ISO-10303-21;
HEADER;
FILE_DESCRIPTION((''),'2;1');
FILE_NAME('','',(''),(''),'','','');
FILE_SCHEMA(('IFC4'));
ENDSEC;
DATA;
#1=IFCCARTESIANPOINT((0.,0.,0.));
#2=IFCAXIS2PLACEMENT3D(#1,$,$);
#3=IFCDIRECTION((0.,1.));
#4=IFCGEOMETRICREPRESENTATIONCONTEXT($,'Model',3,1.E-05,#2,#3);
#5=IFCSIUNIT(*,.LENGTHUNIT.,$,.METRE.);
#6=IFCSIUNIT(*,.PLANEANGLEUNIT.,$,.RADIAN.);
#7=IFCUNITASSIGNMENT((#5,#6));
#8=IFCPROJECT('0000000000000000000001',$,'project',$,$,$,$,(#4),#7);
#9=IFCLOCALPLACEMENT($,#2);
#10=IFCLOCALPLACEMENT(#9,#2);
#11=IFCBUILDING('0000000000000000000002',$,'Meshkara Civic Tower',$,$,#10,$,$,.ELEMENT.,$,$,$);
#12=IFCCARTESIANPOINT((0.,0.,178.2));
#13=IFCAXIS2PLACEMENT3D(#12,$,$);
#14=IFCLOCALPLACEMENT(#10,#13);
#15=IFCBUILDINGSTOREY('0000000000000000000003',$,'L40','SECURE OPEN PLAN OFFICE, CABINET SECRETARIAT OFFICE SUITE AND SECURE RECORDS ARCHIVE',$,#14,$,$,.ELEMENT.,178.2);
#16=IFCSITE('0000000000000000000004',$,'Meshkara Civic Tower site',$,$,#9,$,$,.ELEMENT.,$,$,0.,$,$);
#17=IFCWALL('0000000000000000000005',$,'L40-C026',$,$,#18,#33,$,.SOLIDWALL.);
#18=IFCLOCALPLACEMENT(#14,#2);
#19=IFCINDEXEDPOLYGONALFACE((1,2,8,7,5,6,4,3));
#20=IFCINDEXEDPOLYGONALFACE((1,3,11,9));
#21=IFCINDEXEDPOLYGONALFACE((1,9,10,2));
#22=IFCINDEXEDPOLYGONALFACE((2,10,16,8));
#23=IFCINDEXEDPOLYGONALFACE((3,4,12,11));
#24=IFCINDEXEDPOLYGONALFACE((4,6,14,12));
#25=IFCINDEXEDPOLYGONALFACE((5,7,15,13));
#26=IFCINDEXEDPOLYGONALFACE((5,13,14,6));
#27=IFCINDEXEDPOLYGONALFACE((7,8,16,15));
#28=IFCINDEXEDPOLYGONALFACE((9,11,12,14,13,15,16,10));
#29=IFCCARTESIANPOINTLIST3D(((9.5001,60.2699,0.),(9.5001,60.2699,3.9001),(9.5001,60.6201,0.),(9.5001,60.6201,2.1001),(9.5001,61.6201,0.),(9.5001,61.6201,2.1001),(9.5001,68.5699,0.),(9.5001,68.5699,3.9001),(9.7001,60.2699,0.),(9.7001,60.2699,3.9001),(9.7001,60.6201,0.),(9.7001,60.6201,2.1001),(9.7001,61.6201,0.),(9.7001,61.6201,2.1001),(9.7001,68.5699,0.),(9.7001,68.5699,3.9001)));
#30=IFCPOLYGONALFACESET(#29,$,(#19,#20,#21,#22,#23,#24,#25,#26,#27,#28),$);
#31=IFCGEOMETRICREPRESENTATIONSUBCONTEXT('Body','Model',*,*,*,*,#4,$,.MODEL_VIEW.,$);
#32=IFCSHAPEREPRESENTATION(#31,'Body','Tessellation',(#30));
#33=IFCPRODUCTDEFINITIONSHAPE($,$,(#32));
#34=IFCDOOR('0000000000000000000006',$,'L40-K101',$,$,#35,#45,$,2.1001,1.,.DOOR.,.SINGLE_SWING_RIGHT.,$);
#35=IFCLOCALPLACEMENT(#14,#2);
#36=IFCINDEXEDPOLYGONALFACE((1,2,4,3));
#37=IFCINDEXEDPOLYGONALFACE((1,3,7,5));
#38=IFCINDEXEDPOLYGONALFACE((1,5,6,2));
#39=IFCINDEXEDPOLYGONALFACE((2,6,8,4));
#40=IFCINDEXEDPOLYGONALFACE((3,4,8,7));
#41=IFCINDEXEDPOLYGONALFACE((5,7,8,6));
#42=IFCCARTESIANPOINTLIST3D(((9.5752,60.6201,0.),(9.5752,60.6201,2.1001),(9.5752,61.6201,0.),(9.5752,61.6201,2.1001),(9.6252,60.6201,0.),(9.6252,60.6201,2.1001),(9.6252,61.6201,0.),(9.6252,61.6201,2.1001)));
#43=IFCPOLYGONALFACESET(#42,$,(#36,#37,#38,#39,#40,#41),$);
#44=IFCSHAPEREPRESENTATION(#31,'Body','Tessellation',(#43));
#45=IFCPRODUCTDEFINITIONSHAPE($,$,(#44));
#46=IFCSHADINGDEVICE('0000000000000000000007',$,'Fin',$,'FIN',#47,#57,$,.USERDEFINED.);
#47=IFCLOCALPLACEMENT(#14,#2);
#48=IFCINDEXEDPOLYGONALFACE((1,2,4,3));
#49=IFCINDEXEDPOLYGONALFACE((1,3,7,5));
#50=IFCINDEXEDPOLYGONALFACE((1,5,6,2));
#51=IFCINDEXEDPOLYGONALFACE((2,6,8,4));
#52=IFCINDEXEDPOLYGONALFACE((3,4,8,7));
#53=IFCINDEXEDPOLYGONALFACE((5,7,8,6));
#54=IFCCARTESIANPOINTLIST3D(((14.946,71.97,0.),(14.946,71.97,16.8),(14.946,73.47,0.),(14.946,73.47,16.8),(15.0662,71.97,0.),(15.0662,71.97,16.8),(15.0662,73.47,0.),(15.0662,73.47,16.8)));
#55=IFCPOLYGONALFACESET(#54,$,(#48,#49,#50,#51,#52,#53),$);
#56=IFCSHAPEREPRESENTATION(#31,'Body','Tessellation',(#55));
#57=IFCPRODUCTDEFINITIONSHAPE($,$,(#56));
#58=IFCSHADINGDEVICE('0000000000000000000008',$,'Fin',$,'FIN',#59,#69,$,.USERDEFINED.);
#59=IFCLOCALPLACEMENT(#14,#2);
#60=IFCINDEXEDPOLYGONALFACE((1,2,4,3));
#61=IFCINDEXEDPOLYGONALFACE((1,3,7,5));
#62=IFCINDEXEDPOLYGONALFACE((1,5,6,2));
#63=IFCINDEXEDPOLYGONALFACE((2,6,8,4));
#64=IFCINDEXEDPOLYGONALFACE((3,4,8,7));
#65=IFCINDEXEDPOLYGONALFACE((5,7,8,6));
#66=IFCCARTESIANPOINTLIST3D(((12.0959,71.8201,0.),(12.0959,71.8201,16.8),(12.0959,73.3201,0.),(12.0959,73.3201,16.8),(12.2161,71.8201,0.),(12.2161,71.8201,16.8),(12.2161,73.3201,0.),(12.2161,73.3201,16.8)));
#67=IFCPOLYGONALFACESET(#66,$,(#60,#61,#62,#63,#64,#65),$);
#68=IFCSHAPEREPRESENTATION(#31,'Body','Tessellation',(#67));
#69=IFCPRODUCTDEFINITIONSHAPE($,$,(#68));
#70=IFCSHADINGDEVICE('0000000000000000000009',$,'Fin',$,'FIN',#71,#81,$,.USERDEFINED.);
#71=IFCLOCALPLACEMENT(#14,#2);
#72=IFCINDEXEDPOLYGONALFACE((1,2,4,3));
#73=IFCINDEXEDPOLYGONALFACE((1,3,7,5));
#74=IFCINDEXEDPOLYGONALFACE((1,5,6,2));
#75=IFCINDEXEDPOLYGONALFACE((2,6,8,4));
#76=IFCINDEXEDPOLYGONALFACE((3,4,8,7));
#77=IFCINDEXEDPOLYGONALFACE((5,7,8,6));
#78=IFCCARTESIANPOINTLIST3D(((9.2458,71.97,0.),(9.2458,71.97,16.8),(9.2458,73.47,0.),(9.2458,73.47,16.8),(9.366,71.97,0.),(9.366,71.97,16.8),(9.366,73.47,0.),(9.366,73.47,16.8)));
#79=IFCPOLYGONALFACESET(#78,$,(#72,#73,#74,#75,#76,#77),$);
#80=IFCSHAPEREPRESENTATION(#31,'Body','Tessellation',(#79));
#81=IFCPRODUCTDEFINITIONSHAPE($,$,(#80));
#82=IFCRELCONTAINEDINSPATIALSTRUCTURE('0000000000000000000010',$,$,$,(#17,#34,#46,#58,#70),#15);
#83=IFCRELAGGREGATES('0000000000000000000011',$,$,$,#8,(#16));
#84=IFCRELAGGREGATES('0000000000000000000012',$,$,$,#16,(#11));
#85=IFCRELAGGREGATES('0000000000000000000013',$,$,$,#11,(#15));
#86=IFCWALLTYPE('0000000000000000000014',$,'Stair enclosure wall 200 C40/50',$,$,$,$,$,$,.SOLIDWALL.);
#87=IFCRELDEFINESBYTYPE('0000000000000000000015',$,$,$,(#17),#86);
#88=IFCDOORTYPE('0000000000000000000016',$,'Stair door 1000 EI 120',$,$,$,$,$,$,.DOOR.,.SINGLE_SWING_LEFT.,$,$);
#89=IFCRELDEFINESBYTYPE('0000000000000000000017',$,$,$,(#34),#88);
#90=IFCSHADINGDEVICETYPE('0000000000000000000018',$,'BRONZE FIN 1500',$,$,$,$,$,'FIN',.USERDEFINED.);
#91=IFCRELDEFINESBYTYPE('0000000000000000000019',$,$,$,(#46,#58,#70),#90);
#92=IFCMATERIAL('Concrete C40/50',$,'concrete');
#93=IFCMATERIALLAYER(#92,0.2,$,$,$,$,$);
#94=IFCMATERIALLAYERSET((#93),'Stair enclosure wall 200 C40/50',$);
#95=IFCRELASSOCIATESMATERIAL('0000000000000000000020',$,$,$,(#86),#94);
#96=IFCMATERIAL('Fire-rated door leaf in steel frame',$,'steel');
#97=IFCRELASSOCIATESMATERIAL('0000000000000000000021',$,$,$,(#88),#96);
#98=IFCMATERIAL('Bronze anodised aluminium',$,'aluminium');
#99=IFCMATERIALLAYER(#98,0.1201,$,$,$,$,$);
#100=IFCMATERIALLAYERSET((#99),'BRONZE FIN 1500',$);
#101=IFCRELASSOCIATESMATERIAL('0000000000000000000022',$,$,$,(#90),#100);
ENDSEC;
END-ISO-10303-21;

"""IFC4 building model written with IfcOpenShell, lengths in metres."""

from ifc_helpers import new_model, si_unit, direction, frame, frame_2d, origin, origin_2d, place, context, subcontext, project, spatial, rectangle, extrude, material, layer, layer_set, type_object, element, fill, save


model = new_model("IFC4")

# Units and contexts
model_context = context("Model", 3, precision=1e-05, world=origin(), true_north=direction((0.0, 1.0)))
body_context = subcontext(model_context, "Body", "Model", "MODEL_VIEW")
ifc_project = project(units=[si_unit("LENGTHUNIT", "METRE"), si_unit("PLANEANGLEUNIT", "RADIAN")], contexts=[model_context])

# Site, building, storey
site_placement = place(None, origin())
site = spatial("IfcSite", under=ifc_project, at=site_placement, Name="Meshkara Civic Tower site", CompositionType="ELEMENT", RefElevation=0.0)
building_placement = place(site_placement, origin())
building = spatial("IfcBuilding", under=site, at=building_placement, Name="Meshkara Civic Tower", CompositionType="ELEMENT")
storey_placement = place(building_placement, frame((0.0, 0.0, 178.2)))
storey = spatial("IfcBuildingStorey", under=building, at=storey_placement, Name="L40", Description="SECURE OPEN PLAN OFFICE, CABINET SECRETARIAT OFFICE SUITE AND SECURE RECORDS ARCHIVE", CompositionType="ELEMENT", Elevation=178.2)

# Wall, opening, door
ifc_material_1 = material(Name="Concrete C40/50", Category="concrete")
ifc_layer_1 = layer(ifc_material_1, 0.2)
ifc_layer_set_1 = layer_set([ifc_layer_1], Name="Stair enclosure wall 200 C40/50")
wall_type_1 = type_object("IfcWallType", Name="Stair enclosure wall 200 C40/50", PredefinedType="SOLIDWALL", material=ifc_layer_set_1)
wall_1_placement = place(storey_placement, frame((9.6001, 60.27, 0.0), z_axis=(0.0, 0.0, 1.0), x_axis=(0.0, 1.0, 0.0)))
wall_1 = element("IfcWall", 1, at=wall_1_placement, inside=storey, type_object=wall_type_1, Name="L40-C026", PredefinedType="SOLIDWALL", context=body_context, shape_type="SweptSolid", body=[
    extrude(rectangle(XDim=8.3, YDim=0.2, at=frame_2d((4.1499, 0.0))), origin(), (0.0, 0.0, 1.0), 3.9001),
])
opening_1_placement = place(wall_1_placement, frame((0.3501, 0.0, 0.0)))
opening_1 = element("IfcOpeningElement", 2, at=opening_1_placement, cuts=wall_1, PredefinedType="OPENING", context=body_context, shape_type="SweptSolid", body=[
    extrude(rectangle(XDim=1.0, YDim=2.1001, at=frame_2d((0.5, 1.05))), frame((0.0, 0.1099, 0.0), z_axis=(0.0, -1.0, 0.0), x_axis=(1.0, 0.0, 0.0)), (0.0, 0.0, 1.0), 0.22),
])
ifc_material_2 = material(Name="Fire-rated door leaf in steel frame", Category="steel")
door_type_1 = type_object("IfcDoorType", Name="Stair door 1000 EI 120", OperationType="SINGLE_SWING_LEFT", PredefinedType="DOOR", material=ifc_material_2)
door_1_placement = place(opening_1_placement, origin())
door_1 = element("IfcDoor", 3, at=door_1_placement, inside=storey, type_object=door_type_1, Name="L40-K101", OperationType="SINGLE_SWING_RIGHT", OverallHeight=2.1001, OverallWidth=1.0, PredefinedType="DOOR", context=body_context, shape_type="SweptSolid", body=[
    extrude(rectangle(XDim=1.0, YDim=2.1001, at=frame_2d((0.5, 1.05))), frame((0.0, 0.0249, 0.0), z_axis=(0.0, -1.0, 0.0), x_axis=(1.0, 0.0, 0.0)), (0.0, 0.0, 1.0), 0.05),
])
fill(opening_1, door_1)

# Shading devices
ifc_material_3 = material(Name="Bronze anodised aluminium", Category="aluminium")
ifc_layer_2 = layer(ifc_material_3, 0.1201)
ifc_layer_set_2 = layer_set([ifc_layer_2], Name="BRONZE FIN 1500")
shading_device_type = type_object("IfcShadingDeviceType", Name="BRONZE FIN 1500", ElementType="FIN", PredefinedType="USERDEFINED", material=ifc_layer_set_2)
for number, where, z_axis, x_axis, name in (
    (4, (15.0061, 72.72, 0.0), (0.0, 0.0, 1.0), (-1.0, 0.0, 0.0), "Fin"),
    (5, (12.156, 72.5701, 0.0), (0.0, 0.0, 1.0), (-1.0, 0.0, 0.0), "Fin"),
    (6, (9.3059, 72.72, 0.0), (0.0, 0.0, 1.0), (-1.0, 0.0, 0.0), "Fin"),
):
    element("IfcShadingDevice", number, at=place(storey_placement, frame(where, z_axis=z_axis, x_axis=x_axis)), inside=storey, type_object=shading_device_type, Name=name, ObjectType="FIN", PredefinedType="USERDEFINED", context=body_context, shape_type="SweptSolid", body=[
        extrude(rectangle(XDim=0.1201, YDim=1.5, at=origin_2d()), origin(), (0.0, 0.0, 1.0), 16.8),
    ])

save(model, "model.ifc")
